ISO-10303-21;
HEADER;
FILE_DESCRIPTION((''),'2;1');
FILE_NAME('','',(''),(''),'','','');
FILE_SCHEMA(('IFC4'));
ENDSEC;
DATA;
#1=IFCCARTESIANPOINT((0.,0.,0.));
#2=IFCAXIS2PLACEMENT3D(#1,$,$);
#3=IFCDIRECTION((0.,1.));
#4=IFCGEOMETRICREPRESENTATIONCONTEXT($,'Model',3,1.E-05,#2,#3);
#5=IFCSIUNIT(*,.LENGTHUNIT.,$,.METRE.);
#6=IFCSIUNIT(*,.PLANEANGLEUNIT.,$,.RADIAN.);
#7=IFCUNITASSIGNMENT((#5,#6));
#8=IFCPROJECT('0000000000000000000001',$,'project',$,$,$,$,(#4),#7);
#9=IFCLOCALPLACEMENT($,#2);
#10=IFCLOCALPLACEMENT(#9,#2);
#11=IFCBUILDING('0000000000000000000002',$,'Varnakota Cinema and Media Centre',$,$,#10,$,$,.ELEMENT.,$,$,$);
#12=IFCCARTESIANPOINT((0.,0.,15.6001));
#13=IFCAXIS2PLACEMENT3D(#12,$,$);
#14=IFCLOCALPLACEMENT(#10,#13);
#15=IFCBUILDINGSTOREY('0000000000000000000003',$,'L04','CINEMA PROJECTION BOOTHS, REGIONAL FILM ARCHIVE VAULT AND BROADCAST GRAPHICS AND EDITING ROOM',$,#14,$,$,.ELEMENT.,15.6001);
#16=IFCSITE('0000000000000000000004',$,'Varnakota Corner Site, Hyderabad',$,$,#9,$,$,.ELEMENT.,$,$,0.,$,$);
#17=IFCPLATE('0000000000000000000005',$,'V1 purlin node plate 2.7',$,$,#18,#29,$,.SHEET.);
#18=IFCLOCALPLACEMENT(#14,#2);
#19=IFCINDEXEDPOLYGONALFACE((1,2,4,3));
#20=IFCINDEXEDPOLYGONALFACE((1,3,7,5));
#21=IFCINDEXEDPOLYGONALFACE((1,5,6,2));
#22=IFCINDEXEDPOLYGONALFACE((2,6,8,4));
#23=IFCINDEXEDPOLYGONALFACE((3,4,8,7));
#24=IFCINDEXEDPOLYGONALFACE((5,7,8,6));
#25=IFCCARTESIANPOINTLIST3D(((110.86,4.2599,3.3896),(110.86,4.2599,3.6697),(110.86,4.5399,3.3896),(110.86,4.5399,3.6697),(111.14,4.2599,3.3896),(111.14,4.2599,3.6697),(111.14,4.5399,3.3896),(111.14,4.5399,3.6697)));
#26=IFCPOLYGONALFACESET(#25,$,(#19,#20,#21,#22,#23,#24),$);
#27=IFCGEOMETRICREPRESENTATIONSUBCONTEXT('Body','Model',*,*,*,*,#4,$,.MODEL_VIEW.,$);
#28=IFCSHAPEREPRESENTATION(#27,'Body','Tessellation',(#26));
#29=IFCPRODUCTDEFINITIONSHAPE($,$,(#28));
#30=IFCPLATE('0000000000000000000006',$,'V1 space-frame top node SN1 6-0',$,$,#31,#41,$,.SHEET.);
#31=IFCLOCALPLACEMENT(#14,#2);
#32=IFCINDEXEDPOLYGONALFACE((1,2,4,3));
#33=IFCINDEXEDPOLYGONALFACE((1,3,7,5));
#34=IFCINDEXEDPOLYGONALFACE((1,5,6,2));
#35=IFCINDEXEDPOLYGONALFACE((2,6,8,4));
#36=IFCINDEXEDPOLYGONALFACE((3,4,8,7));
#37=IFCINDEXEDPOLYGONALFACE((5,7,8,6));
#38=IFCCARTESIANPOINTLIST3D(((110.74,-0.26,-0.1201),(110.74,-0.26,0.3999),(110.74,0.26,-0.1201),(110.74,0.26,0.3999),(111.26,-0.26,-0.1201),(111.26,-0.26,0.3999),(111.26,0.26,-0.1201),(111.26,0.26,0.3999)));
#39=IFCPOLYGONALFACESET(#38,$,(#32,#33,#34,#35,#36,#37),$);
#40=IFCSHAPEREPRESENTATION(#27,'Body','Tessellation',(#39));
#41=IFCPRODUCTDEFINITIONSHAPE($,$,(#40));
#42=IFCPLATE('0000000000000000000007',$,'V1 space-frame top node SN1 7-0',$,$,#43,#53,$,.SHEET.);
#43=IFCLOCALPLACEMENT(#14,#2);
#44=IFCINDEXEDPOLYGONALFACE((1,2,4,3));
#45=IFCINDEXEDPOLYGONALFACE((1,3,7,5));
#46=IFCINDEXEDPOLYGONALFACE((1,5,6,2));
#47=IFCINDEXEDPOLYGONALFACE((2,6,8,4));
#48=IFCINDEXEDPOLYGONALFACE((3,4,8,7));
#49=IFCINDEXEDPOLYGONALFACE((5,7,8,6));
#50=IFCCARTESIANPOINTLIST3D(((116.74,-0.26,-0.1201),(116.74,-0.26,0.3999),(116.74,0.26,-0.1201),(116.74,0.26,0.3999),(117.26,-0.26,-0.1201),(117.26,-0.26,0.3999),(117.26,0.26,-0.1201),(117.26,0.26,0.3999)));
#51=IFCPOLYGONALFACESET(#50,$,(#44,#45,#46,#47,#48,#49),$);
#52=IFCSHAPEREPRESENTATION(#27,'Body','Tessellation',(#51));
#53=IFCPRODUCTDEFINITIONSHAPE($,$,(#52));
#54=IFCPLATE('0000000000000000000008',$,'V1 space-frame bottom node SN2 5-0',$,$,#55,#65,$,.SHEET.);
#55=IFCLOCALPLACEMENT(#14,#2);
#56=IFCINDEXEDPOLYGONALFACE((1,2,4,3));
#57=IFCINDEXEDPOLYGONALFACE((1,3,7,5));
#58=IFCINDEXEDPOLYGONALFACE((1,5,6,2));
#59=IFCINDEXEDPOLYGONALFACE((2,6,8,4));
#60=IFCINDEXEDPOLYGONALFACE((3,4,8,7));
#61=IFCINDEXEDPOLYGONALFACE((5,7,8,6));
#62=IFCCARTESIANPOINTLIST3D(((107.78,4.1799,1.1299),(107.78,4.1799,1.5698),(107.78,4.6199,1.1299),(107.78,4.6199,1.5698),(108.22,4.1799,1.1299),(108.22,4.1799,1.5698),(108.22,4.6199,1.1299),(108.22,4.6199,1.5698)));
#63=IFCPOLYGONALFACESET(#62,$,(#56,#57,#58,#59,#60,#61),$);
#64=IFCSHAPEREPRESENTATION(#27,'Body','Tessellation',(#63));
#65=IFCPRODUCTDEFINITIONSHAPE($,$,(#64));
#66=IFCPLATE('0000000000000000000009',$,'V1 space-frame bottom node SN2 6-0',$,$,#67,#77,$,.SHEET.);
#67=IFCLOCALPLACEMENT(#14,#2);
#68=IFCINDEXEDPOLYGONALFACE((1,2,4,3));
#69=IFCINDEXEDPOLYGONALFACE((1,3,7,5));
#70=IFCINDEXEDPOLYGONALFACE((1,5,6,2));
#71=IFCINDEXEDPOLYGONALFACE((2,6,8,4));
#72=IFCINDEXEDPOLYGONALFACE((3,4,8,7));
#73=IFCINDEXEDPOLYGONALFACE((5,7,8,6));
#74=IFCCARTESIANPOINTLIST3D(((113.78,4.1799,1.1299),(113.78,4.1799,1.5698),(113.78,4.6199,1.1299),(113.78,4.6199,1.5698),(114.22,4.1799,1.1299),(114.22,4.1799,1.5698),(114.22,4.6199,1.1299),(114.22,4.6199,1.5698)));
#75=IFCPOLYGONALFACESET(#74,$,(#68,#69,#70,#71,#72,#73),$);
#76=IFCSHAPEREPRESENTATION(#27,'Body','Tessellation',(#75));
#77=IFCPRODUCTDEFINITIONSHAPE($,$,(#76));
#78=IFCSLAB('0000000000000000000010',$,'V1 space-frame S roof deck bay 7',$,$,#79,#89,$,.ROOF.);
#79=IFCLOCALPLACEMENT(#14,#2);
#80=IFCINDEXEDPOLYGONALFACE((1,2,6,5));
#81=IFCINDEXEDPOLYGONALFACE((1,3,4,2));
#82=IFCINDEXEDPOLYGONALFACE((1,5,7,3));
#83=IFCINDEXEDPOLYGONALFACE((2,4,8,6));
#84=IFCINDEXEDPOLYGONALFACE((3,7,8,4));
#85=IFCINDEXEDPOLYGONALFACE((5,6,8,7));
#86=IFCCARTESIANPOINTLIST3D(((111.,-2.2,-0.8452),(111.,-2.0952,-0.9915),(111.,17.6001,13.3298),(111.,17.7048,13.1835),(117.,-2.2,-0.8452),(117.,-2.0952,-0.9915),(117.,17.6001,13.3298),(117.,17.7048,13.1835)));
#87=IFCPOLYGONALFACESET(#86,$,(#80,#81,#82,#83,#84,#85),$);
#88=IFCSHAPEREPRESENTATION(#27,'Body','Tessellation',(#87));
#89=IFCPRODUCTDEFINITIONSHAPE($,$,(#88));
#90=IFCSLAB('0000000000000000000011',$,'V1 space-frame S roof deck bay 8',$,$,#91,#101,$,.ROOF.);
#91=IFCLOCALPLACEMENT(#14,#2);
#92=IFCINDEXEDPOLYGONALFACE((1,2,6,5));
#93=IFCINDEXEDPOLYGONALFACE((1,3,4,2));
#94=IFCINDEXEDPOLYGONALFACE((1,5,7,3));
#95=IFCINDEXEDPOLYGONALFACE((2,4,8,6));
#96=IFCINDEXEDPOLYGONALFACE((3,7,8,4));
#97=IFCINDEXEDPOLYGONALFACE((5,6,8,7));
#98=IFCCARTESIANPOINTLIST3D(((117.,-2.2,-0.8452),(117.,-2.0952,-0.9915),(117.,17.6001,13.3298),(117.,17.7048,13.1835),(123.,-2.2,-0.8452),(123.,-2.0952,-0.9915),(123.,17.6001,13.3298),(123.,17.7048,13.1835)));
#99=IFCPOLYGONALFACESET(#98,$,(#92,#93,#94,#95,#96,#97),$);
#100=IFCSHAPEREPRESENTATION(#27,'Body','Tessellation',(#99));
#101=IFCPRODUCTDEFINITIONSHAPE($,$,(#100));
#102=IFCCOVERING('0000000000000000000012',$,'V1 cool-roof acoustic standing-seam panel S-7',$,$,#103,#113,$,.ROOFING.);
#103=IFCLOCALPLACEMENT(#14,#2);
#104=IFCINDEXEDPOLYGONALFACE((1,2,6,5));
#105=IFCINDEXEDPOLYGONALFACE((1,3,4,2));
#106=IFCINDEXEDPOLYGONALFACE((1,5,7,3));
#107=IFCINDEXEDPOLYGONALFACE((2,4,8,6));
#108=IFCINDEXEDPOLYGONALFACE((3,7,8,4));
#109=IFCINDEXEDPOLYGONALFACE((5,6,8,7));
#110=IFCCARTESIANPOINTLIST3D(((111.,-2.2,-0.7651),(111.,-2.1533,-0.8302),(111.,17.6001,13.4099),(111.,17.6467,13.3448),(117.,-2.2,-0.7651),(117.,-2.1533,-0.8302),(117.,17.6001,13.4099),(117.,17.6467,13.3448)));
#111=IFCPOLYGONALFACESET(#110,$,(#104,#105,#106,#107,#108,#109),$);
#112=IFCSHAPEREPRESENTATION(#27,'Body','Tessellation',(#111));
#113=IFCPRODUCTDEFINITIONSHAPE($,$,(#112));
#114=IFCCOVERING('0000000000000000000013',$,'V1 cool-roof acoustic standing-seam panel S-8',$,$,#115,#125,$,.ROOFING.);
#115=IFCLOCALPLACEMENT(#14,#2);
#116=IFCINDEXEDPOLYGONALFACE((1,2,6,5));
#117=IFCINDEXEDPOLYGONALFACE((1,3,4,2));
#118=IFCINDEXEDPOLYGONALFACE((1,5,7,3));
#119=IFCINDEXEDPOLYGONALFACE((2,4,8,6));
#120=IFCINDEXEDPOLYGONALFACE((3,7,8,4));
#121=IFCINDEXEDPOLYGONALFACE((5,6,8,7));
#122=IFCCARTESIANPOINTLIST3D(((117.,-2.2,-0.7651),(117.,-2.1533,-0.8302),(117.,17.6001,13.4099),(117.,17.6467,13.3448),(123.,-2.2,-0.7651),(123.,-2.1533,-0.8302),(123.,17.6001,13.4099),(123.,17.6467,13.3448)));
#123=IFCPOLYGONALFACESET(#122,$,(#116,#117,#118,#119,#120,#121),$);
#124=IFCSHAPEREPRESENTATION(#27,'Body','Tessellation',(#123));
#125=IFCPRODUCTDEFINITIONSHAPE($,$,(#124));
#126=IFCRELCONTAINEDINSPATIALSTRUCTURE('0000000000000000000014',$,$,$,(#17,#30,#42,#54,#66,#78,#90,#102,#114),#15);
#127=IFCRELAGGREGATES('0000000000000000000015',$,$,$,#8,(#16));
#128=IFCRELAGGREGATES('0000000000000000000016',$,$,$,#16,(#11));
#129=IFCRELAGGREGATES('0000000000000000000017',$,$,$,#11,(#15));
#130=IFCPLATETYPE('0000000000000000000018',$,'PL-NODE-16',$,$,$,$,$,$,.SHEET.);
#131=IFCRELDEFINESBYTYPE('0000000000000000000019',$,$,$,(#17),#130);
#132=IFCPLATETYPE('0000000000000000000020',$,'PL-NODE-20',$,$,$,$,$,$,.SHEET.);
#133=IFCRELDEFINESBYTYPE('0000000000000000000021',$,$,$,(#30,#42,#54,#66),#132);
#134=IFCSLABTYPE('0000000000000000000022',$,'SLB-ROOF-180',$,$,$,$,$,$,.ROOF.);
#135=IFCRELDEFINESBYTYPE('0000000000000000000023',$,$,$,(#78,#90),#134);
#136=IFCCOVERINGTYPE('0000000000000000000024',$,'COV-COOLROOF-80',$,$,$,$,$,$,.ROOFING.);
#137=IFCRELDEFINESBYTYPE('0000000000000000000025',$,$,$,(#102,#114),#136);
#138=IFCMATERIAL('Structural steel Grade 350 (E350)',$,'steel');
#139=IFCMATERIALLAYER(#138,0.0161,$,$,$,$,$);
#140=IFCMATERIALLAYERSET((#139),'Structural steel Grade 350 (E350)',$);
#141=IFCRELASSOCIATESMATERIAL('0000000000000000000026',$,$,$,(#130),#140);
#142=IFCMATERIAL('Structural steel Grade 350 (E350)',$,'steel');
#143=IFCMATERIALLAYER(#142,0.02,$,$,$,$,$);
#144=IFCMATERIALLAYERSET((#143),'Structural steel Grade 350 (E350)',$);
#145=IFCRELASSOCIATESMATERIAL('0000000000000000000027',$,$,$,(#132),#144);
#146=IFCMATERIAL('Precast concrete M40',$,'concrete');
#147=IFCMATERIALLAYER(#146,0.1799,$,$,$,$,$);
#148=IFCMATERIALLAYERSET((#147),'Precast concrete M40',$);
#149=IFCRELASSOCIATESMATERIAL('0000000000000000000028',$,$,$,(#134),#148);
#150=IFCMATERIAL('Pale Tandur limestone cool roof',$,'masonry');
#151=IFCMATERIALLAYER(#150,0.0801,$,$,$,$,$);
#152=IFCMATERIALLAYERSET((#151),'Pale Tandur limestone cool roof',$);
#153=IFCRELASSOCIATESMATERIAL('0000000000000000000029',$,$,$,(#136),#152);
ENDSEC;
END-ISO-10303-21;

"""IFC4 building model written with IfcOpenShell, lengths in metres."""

from ifc_helpers import new_model, si_unit, direction, frame, origin, origin_2d, place, context, subcontext, project, spatial, polyline, rectangle, outline, extrude, material, layer, layer_set, type_object, element, save


model = new_model("IFC4")

# Units and contexts
model_context = context("Model", 3, precision=1e-05, world=origin(), true_north=direction((0.0, 1.0)))
body_context = subcontext(model_context, "Body", "Model", "MODEL_VIEW")
ifc_project = project(units=[si_unit("LENGTHUNIT", "METRE"), si_unit("PLANEANGLEUNIT", "RADIAN")], contexts=[model_context])

# Site, building, storey
site_placement = place(None, origin())
site = spatial("IfcSite", under=ifc_project, at=site_placement, Name="Varnakota Corner Site, Hyderabad", CompositionType="ELEMENT", RefElevation=0.0)
building_placement = place(site_placement, origin())
building = spatial("IfcBuilding", under=site, at=building_placement, Name="Varnakota Cinema and Media Centre", CompositionType="ELEMENT")
storey_placement = place(building_placement, frame((0.0, 0.0, 15.6001)))
storey = spatial("IfcBuildingStorey", under=building, at=storey_placement, Name="L04", Description="CINEMA PROJECTION BOOTHS, REGIONAL FILM ARCHIVE VAULT AND BROADCAST GRAPHICS AND EDITING ROOM", CompositionType="ELEMENT", Elevation=15.6001)

# Plates
ifc_material_1 = material(Name="Structural steel Grade 350 (E350)", Category="steel")
ifc_layer_1 = layer(ifc_material_1, 0.0161)
ifc_layer_set_1 = layer_set([ifc_layer_1], Name="Structural steel Grade 350 (E350)")
plate_type_1 = type_object("IfcPlateType", Name="PL-NODE-16", PredefinedType="SHEET", material=ifc_layer_set_1)
for number, where, z_axis, x_axis, name in (
    (1, (111.0, 4.3999, 3.3896), (0.0, 0.0, 1.0), (1.0, 0.0, 0.0), "V1 purlin node plate 2.7"),
):
    element("IfcPlate", number, at=place(storey_placement, frame(where, z_axis=z_axis, x_axis=x_axis)), inside=storey, type_object=plate_type_1, Name=name, PredefinedType="SHEET", context=body_context, shape_type="SweptSolid", body=[
        extrude(rectangle(XDim=0.28, YDim=0.28, at=origin_2d()), origin(), (0.0, 0.0, 1.0), 0.28),
    ])
ifc_material_2 = material(Name="Structural steel Grade 350 (E350)", Category="steel")
ifc_layer_2 = layer(ifc_material_2, 0.02)
ifc_layer_set_2 = layer_set([ifc_layer_2], Name="Structural steel Grade 350 (E350)")
plate_type_2 = type_object("IfcPlateType", Name="PL-NODE-20", PredefinedType="SHEET", material=ifc_layer_set_2)
for number, where, z_axis, x_axis, name in (
    (2, (111.0, 0.0, -0.1201), (0.0, 0.0, 1.0), (1.0, 0.0, 0.0), "V1 space-frame top node SN1 6-0"),
    (3, (117.0, 0.0, -0.1201), (0.0, 0.0, 1.0), (1.0, 0.0, 0.0), "V1 space-frame top node SN1 7-0"),
):
    element("IfcPlate", number, at=place(storey_placement, frame(where, z_axis=z_axis, x_axis=x_axis)), inside=storey, type_object=plate_type_2, Name=name, PredefinedType="SHEET", context=body_context, shape_type="SweptSolid", body=[
        extrude(rectangle(XDim=0.52, YDim=0.52, at=origin_2d()), origin(), (0.0, 0.0, 1.0), 0.52),
    ])
for number, where, z_axis, x_axis, name in (
    (4, (108.0, 4.3999, 1.1299), (0.0, 0.0, 1.0), (1.0, 0.0, 0.0), "V1 space-frame bottom node SN2 5-0"),
    (5, (114.0, 4.3999, 1.1299), (0.0, 0.0, 1.0), (1.0, 0.0, 0.0), "V1 space-frame bottom node SN2 6-0"),
):
    element("IfcPlate", number, at=place(storey_placement, frame(where, z_axis=z_axis, x_axis=x_axis)), inside=storey, type_object=plate_type_2, Name=name, PredefinedType="SHEET", context=body_context, shape_type="SweptSolid", body=[
        extrude(rectangle(XDim=0.4399, YDim=0.4399, at=origin_2d()), origin(), (0.0, 0.0, 1.0), 0.4399),
    ])

# Slabs
ifc_material_3 = material(Name="Precast concrete M40", Category="concrete")
ifc_layer_3 = layer(ifc_material_3, 0.1799)
ifc_layer_set_3 = layer_set([ifc_layer_3], Name="Precast concrete M40")
slab_type = type_object("IfcSlabType", Name="SLB-ROOF-180", PredefinedType="ROOF", material=ifc_layer_set_3)
for number, where, z_axis, x_axis, name in (
    (6, (111.0, -2.2, -0.8452), (0.0, -0.582112, 0.813108), (1.0, 0.0, 0.0), "V1 space-frame S roof deck bay 7"),
    (7, (117.0, -2.2, -0.8452), (0.0, -0.582112, 0.813108), (1.0, 0.0, 0.0), "V1 space-frame S roof deck bay 8"),
):
    element("IfcSlab", number, at=place(storey_placement, frame(where, z_axis=z_axis, x_axis=x_axis)), inside=storey, type_object=slab_type, Name=name, PredefinedType="ROOF", context=body_context, shape_type="SweptSolid", body=[
        extrude(outline(polyline([(0.0, 0.0), (6.0, 0.0), (6.0, 24.3511), (0.0, 24.3511), (0.0, 0.0)])), origin(), (0.0, 0.0, -1.0), 0.1799),
    ])

# Coverings
ifc_material_4 = material(Name="Pale Tandur limestone cool roof", Category="masonry")
ifc_layer_4 = layer(ifc_material_4, 0.0801)
ifc_layer_set_4 = layer_set([ifc_layer_4], Name="Pale Tandur limestone cool roof")
covering_type = type_object("IfcCoveringType", Name="COV-COOLROOF-80", PredefinedType="ROOFING", material=ifc_layer_set_4)
for number, where, z_axis, x_axis, name in (
    (8, (111.0, -2.2, -0.7651), (0.0, -0.582112, 0.813108), (1.0, 0.0, 0.0), "V1 cool-roof acoustic standing-seam panel S-7"),
    (9, (117.0, -2.2, -0.7651), (0.0, -0.582112, 0.813108), (1.0, 0.0, 0.0), "V1 cool-roof acoustic standing-seam panel S-8"),
):
    element("IfcCovering", number, at=place(storey_placement, frame(where, z_axis=z_axis, x_axis=x_axis)), inside=storey, type_object=covering_type, Name=name, PredefinedType="ROOFING", context=body_context, shape_type="SweptSolid", body=[
        extrude(outline(polyline([(0.0, 0.0), (6.0, 0.0), (6.0, 24.3511), (0.0, 24.3511), (0.0, 0.0)])), origin(), (0.0, 0.0, -1.0), 0.0801),
    ])

save(model, "model.ifc")
